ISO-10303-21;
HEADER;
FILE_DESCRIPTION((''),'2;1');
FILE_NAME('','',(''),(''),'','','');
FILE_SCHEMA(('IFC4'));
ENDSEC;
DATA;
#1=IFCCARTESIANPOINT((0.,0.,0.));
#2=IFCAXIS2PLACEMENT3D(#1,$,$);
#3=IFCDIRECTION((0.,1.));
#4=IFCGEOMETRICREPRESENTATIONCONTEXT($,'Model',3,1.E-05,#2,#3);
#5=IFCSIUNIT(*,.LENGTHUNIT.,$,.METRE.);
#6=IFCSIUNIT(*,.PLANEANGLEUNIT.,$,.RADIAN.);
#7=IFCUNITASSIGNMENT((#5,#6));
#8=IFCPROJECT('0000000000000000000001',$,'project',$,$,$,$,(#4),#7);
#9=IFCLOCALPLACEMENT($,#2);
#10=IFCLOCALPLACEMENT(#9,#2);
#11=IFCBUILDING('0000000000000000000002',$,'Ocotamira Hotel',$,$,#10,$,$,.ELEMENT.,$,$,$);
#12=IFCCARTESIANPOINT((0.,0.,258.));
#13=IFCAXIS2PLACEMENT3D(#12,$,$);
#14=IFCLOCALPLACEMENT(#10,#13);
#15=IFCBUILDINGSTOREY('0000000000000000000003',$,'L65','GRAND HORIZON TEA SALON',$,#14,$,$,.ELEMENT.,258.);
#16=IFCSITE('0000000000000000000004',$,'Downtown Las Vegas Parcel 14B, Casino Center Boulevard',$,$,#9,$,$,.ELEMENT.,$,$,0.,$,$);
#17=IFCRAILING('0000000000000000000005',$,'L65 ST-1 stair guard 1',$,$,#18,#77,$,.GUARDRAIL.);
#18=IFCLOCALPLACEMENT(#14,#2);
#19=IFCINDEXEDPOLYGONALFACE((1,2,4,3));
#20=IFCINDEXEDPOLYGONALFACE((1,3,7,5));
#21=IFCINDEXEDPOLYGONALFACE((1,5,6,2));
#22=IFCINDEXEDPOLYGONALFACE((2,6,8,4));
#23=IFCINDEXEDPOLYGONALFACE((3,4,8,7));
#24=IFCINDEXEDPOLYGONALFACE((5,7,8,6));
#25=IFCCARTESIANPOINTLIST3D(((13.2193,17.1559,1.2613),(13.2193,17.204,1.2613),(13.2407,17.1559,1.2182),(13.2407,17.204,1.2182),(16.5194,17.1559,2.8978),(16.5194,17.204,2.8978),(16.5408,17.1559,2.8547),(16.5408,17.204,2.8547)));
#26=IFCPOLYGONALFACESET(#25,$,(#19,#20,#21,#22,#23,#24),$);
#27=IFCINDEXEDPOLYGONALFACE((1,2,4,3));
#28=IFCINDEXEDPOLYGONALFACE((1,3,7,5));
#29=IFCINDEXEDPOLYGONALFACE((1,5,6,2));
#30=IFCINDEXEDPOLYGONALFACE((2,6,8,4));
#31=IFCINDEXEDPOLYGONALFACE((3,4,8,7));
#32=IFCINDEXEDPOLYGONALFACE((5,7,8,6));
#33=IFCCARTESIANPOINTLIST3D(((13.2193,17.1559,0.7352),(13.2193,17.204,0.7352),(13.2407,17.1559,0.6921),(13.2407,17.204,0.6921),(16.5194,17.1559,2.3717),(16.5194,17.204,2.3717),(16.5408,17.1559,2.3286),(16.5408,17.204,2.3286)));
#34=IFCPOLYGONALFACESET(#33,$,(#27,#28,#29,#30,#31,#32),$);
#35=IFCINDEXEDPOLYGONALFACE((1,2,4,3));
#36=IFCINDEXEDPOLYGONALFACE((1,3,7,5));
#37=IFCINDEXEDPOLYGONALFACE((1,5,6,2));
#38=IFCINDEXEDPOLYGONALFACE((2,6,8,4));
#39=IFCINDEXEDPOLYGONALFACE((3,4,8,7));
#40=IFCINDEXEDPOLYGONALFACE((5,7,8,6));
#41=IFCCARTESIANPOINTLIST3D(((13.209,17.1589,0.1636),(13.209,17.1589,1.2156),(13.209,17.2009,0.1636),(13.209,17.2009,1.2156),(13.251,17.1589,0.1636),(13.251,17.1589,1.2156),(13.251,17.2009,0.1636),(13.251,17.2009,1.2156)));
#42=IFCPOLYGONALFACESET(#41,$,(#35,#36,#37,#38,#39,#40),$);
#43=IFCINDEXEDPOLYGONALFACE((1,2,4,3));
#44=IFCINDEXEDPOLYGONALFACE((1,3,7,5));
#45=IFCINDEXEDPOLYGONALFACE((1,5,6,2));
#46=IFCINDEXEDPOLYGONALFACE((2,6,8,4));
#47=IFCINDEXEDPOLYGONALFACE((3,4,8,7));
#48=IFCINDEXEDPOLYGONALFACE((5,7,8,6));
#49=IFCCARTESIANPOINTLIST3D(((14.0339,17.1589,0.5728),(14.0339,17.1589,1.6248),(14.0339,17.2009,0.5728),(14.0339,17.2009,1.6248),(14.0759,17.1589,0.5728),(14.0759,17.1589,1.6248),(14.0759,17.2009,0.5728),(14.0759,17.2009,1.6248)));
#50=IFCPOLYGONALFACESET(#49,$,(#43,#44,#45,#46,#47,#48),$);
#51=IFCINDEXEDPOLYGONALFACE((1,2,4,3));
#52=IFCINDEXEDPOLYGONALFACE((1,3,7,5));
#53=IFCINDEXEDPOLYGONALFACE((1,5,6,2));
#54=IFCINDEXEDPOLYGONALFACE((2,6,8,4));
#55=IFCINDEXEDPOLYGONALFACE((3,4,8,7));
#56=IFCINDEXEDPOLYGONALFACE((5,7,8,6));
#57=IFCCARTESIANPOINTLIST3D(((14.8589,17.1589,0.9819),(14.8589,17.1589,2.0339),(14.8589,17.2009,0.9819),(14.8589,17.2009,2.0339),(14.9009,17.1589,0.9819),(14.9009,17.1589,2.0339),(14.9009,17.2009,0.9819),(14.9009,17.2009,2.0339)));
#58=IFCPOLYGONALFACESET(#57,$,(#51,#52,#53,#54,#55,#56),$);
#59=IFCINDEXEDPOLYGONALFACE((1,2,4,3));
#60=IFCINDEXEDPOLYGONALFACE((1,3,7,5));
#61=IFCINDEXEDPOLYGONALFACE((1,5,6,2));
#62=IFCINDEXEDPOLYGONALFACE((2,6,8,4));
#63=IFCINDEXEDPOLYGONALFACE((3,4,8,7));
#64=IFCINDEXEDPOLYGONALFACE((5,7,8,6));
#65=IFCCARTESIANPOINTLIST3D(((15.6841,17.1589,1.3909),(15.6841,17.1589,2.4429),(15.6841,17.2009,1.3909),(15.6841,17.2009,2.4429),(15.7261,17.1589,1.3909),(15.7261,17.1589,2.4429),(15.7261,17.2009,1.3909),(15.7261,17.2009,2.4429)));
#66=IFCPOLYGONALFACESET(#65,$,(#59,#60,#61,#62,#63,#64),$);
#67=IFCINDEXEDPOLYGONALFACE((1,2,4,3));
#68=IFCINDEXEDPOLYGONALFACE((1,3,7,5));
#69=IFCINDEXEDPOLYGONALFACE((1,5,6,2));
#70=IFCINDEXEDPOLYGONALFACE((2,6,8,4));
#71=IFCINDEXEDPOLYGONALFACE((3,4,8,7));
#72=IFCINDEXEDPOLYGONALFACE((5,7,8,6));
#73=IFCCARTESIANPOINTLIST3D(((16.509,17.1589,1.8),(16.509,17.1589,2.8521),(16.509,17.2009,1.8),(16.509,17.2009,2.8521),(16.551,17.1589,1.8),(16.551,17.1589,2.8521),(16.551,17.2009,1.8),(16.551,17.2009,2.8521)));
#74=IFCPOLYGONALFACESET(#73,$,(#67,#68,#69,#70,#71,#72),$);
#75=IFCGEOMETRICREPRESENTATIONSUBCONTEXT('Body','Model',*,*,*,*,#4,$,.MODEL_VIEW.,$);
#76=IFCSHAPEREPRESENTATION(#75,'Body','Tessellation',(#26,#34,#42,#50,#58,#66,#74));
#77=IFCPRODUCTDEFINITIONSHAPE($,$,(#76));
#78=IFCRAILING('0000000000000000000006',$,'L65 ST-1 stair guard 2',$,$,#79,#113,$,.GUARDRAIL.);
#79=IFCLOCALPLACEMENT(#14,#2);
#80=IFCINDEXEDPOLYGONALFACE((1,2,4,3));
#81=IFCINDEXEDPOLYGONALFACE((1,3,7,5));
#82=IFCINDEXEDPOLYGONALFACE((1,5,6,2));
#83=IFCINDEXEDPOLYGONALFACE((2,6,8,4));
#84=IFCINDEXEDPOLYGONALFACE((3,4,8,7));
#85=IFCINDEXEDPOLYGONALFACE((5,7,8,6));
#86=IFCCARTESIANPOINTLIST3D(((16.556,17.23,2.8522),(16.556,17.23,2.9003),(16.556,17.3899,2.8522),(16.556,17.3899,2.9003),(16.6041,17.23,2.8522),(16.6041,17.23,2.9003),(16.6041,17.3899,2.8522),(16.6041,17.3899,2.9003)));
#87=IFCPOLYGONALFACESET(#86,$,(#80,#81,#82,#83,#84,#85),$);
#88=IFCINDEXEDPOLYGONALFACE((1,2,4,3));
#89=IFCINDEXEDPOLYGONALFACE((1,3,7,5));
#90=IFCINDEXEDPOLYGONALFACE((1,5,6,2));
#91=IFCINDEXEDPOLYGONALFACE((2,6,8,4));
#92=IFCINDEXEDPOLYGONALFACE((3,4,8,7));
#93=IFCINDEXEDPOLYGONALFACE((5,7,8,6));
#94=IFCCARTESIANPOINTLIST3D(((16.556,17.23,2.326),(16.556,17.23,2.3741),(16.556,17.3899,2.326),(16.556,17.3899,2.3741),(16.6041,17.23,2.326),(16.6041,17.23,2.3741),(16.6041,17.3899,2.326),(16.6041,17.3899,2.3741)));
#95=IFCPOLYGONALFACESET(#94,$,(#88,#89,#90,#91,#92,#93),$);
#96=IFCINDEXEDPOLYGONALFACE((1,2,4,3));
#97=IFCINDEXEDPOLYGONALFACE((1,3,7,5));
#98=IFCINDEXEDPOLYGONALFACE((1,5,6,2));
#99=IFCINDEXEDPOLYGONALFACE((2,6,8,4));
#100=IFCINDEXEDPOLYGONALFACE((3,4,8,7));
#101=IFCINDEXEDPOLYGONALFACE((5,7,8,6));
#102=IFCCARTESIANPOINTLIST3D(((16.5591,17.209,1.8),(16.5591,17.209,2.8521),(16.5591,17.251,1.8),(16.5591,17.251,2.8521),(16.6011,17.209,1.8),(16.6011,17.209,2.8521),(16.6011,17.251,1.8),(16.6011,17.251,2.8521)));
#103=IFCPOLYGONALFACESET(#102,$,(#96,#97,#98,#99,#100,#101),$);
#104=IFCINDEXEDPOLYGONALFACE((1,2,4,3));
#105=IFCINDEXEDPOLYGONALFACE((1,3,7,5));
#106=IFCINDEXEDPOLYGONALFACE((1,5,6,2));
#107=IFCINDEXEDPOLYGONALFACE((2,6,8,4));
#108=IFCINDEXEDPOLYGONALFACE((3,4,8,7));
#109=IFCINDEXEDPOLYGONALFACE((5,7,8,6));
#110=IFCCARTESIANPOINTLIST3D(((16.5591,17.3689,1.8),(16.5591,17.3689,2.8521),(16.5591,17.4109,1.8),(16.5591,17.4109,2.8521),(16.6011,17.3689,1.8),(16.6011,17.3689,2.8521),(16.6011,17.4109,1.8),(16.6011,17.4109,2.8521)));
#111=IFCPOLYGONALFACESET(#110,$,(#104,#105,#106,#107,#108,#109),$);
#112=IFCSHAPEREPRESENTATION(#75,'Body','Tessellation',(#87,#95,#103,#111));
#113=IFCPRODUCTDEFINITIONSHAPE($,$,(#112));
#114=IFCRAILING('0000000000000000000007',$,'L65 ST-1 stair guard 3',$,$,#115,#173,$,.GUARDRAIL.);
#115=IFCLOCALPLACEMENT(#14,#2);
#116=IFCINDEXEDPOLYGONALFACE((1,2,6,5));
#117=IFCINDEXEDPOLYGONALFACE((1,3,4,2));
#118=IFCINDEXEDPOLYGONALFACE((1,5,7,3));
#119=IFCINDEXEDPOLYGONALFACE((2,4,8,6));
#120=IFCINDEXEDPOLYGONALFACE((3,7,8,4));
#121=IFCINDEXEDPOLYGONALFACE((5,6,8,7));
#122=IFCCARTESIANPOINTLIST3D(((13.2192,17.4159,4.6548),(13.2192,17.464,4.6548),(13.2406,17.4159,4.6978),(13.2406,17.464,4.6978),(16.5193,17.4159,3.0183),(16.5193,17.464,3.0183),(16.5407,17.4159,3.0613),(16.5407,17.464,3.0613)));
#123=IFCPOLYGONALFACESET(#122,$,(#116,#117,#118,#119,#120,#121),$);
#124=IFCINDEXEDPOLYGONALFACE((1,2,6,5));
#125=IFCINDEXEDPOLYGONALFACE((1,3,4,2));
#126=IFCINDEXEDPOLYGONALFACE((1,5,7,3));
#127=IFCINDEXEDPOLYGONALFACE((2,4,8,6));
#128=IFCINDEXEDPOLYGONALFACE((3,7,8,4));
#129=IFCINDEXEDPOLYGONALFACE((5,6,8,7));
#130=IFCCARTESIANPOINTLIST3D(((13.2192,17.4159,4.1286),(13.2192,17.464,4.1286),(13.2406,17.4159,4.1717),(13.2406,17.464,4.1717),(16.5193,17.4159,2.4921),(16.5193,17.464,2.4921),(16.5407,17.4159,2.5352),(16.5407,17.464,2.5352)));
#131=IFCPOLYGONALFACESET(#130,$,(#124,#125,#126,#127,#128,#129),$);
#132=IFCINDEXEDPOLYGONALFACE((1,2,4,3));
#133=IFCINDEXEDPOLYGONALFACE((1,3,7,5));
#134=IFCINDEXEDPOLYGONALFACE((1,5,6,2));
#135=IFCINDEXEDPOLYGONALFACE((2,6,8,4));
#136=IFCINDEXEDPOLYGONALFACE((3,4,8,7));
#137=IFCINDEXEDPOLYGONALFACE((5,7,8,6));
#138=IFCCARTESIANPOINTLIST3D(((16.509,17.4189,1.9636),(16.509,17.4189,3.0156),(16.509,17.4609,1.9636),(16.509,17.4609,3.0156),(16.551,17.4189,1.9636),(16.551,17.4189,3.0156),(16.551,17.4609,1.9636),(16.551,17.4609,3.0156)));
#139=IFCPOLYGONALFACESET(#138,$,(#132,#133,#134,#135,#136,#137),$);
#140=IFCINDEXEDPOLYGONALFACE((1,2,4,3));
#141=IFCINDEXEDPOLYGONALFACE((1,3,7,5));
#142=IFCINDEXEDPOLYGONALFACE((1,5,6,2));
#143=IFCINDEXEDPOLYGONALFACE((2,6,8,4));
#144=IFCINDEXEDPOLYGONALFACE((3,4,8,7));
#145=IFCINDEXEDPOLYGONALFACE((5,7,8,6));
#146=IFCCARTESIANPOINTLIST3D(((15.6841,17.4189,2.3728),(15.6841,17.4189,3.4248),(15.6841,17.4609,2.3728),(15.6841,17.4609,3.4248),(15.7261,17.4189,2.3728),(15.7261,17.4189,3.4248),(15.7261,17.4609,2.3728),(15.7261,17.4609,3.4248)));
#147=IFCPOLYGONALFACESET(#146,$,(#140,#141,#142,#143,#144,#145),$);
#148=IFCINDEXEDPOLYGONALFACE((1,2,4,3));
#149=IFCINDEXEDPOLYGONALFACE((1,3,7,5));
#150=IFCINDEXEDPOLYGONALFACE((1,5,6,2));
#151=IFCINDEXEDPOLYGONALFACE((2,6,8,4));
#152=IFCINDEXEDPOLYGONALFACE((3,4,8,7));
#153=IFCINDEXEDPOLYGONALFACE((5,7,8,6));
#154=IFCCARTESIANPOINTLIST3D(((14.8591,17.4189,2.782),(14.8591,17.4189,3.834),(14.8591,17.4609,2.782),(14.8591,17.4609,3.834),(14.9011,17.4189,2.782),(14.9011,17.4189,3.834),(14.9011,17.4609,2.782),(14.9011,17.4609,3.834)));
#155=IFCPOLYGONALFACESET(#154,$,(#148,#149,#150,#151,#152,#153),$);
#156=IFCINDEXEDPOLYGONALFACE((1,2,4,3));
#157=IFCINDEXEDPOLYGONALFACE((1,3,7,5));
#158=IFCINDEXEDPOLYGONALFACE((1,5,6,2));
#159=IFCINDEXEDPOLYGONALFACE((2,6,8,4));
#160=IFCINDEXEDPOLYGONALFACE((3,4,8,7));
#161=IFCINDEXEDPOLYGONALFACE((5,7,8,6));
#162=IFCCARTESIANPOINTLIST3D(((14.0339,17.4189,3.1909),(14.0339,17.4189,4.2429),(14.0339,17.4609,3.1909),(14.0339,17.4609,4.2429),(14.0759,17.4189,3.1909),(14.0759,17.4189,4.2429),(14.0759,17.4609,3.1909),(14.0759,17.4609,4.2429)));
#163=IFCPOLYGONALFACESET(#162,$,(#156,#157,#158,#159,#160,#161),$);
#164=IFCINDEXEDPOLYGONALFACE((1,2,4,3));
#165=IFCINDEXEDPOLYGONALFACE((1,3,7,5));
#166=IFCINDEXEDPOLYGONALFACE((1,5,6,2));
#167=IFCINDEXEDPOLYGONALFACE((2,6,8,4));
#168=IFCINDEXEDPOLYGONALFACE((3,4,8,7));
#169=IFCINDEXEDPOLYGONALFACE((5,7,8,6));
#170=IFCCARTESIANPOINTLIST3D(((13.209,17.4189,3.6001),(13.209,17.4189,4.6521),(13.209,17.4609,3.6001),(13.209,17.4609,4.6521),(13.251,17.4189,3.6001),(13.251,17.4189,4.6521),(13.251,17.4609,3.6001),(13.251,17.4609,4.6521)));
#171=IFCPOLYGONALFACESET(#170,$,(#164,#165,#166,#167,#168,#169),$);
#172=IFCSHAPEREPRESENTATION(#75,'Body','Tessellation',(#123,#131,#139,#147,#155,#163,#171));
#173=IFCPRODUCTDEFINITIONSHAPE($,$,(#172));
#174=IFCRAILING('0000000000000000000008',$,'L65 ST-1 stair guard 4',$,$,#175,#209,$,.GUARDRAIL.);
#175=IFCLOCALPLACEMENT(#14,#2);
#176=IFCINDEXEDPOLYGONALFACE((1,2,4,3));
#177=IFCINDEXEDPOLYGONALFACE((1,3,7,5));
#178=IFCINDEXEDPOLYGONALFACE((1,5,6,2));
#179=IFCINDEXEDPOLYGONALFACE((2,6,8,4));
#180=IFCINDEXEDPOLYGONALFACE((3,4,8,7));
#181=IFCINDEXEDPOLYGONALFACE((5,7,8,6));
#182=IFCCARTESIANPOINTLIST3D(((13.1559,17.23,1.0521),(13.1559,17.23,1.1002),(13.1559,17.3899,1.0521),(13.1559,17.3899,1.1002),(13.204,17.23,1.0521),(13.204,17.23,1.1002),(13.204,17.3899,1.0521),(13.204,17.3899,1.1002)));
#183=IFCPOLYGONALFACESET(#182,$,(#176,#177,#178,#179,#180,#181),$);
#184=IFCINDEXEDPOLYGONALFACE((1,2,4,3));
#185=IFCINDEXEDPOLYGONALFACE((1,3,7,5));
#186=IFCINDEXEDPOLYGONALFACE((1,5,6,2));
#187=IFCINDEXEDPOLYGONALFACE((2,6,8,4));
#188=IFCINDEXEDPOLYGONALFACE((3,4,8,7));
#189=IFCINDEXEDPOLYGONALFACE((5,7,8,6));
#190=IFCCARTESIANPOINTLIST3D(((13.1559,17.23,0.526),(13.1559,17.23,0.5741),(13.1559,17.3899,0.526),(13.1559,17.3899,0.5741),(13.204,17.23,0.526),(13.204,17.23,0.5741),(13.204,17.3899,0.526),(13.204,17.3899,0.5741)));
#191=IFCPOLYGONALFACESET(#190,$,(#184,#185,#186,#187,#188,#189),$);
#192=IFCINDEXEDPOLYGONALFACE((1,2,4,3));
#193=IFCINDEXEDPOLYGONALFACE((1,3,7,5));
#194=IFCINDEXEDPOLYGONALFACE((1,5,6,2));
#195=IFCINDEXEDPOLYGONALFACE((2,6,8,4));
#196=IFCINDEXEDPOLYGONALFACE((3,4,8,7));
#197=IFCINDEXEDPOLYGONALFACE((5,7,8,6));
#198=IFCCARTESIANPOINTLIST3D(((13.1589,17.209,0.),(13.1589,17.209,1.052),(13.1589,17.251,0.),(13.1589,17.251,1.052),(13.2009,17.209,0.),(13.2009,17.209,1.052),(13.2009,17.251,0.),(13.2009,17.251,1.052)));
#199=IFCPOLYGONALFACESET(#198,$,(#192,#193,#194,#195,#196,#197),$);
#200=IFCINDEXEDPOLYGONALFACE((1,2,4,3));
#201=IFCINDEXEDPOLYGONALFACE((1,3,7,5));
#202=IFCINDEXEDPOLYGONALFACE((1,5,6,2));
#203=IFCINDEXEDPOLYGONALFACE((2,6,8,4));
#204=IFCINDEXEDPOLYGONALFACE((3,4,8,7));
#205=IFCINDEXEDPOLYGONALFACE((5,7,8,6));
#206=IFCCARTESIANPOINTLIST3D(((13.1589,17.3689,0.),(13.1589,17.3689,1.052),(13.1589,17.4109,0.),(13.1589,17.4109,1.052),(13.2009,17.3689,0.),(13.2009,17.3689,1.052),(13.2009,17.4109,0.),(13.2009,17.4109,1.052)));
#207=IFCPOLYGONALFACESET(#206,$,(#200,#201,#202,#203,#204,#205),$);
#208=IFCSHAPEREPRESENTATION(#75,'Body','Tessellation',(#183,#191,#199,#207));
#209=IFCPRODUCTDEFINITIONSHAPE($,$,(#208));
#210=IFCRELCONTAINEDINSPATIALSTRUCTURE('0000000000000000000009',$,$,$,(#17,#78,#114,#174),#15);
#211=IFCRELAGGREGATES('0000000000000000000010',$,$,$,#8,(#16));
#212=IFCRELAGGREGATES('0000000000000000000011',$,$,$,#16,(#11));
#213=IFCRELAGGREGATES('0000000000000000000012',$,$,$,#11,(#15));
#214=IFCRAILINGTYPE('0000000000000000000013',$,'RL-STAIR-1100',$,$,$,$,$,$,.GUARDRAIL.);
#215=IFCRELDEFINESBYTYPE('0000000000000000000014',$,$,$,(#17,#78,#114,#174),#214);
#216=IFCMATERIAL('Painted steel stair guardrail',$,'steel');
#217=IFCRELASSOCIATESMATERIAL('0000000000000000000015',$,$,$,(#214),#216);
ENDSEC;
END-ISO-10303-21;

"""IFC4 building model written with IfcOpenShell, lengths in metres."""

from ifc_helpers import new_model, si_unit, direction, frame, origin, origin_2d, place, context, subcontext, project, spatial, rectangle, extrude, material, type_object, element, save


model = new_model("IFC4")

# Units and contexts
model_context = context("Model", 3, precision=1e-05, world=origin(), true_north=direction((0.0, 1.0)))
body_context = subcontext(model_context, "Body", "Model", "MODEL_VIEW")
ifc_project = project(units=[si_unit("LENGTHUNIT", "METRE"), si_unit("PLANEANGLEUNIT", "RADIAN")], contexts=[model_context])

# Site, building, storey
site_placement = place(None, origin())
site = spatial("IfcSite", under=ifc_project, at=site_placement, Name="Downtown Las Vegas Parcel 14B, Casino Center Boulevard", CompositionType="ELEMENT", RefElevation=0.0)
building_placement = place(site_placement, origin())
building = spatial("IfcBuilding", under=site, at=building_placement, Name="Ocotamira Hotel", CompositionType="ELEMENT")
storey_placement = place(building_placement, frame((0.0, 0.0, 258.0)))
storey = spatial("IfcBuildingStorey", under=building, at=storey_placement, Name="L65", Description="GRAND HORIZON TEA SALON", CompositionType="ELEMENT", Elevation=258.0)

# Railings
ifc_material_1 = material(Name="Painted steel stair guardrail", Category="steel")
railing_type_1 = type_object("IfcRailingType", Name="RL-STAIR-1100", PredefinedType="GUARDRAIL", material=ifc_material_1)
railing_1_placement = place(storey_placement, frame((13.23, 17.1799, 0.1636)))
element("IfcRailing", 1, at=railing_1_placement, inside=storey, type_object=railing_type_1, Name="L65 ST-1 stair guard 1", PredefinedType="GUARDRAIL", context=body_context, shape_type="SweptSolid", body=[
    extrude(rectangle(XDim=0.0481, YDim=0.0481, at=origin_2d()), frame((0.0, 0.0, 1.0762), z_axis=(0.895894, 0.0, 0.444268), x_axis=(0.0, 1.0, 0.0)), (0.0, 0.0, 1.0), 3.6836),
    extrude(rectangle(XDim=0.0481, YDim=0.0481, at=origin_2d()), frame((0.0, 0.0, 0.55), z_axis=(0.895894, 0.0, 0.444268), x_axis=(0.0, 1.0, 0.0)), (0.0, 0.0, 1.0), 3.6836),
    extrude(rectangle(XDim=0.042, YDim=0.042, at=origin_2d()), origin(), (0.0, 0.0, 1.0), 1.052),
    extrude(rectangle(XDim=0.042, YDim=0.042, at=origin_2d()), frame((0.825, 0.0, 0.4092)), (0.0, 0.0, 1.0), 1.052),
    extrude(rectangle(XDim=0.042, YDim=0.042, at=origin_2d()), frame((1.6499, 0.0, 0.8184)), (0.0, 0.0, 1.0), 1.052),
    extrude(rectangle(XDim=0.042, YDim=0.042, at=origin_2d()), frame((2.4751, 0.0, 1.2273)), (0.0, 0.0, 1.0), 1.052),
    extrude(rectangle(XDim=0.042, YDim=0.042, at=origin_2d()), frame((3.3, 0.0, 1.6365)), (0.0, 0.0, 1.0), 1.052),
])
railing_2_placement = place(storey_placement, frame((16.5801, 17.23, 1.8)))
element("IfcRailing", 2, at=railing_2_placement, inside=storey, type_object=railing_type_1, Name="L65 ST-1 stair guard 2", PredefinedType="GUARDRAIL", context=body_context, shape_type="SweptSolid", body=[
    extrude(rectangle(XDim=0.0481, YDim=0.0481, at=origin_2d()), frame((0.0, 0.0, 1.0762), z_axis=(0.0, 1.0, 0.0), x_axis=(-1.0, 0.0, 0.0)), (0.0, 0.0, 1.0), 0.1599),
    extrude(rectangle(XDim=0.0481, YDim=0.0481, at=origin_2d()), frame((0.0, 0.0, 0.55), z_axis=(0.0, 1.0, 0.0), x_axis=(-1.0, 0.0, 0.0)), (0.0, 0.0, 1.0), 0.1599),
    extrude(rectangle(XDim=0.042, YDim=0.042, at=origin_2d()), origin(), (0.0, 0.0, 1.0), 1.052),
    extrude(rectangle(XDim=0.042, YDim=0.042, at=origin_2d()), frame((0.0, 0.1599, 0.0)), (0.0, 0.0, 1.0), 1.052),
])
railing_3_placement = place(storey_placement, frame((16.53, 17.4399, 1.9636)))
element("IfcRailing", 3, at=railing_3_placement, inside=storey, type_object=railing_type_1, Name="L65 ST-1 stair guard 3", PredefinedType="GUARDRAIL", context=body_context, shape_type="SweptSolid", body=[
    extrude(rectangle(XDim=0.0481, YDim=0.0481, at=origin_2d()), frame((0.0, 0.0, 1.0762), z_axis=(-0.895894, 0.0, 0.444268), x_axis=(0.0, -1.0, 0.0)), (0.0, 0.0, 1.0), 3.6836),
    extrude(rectangle(XDim=0.0481, YDim=0.0481, at=origin_2d()), frame((0.0, 0.0, 0.55), z_axis=(-0.895894, 0.0, 0.444268), x_axis=(0.0, -1.0, 0.0)), (0.0, 0.0, 1.0), 3.6836),
    extrude(rectangle(XDim=0.042, YDim=0.042, at=origin_2d()), origin(), (0.0, 0.0, 1.0), 1.052),
    extrude(rectangle(XDim=0.042, YDim=0.042, at=origin_2d()), frame((-0.825, 0.0, 0.4092)), (0.0, 0.0, 1.0), 1.052),
    extrude(rectangle(XDim=0.042, YDim=0.042, at=origin_2d()), frame((-1.6499, 0.0, 0.8184)), (0.0, 0.0, 1.0), 1.052),
    extrude(rectangle(XDim=0.042, YDim=0.042, at=origin_2d()), frame((-2.4751, 0.0, 1.2273)), (0.0, 0.0, 1.0), 1.052),
    extrude(rectangle(XDim=0.042, YDim=0.042, at=origin_2d()), frame((-3.3, 0.0, 1.6365)), (0.0, 0.0, 1.0), 1.052),
])
railing_4_placement = place(storey_placement, frame((13.1799, 17.23, 0.0)))
element("IfcRailing", 4, at=railing_4_placement, inside=storey, type_object=railing_type_1, Name="L65 ST-1 stair guard 4", PredefinedType="GUARDRAIL", context=body_context, shape_type="SweptSolid", body=[
    extrude(rectangle(XDim=0.0481, YDim=0.0481, at=origin_2d()), frame((0.0, 0.0, 1.0762), z_axis=(0.0, 1.0, 0.0), x_axis=(-1.0, 0.0, 0.0)), (0.0, 0.0, 1.0), 0.1599),
    extrude(rectangle(XDim=0.0481, YDim=0.0481, at=origin_2d()), frame((0.0, 0.0, 0.55), z_axis=(0.0, 1.0, 0.0), x_axis=(-1.0, 0.0, 0.0)), (0.0, 0.0, 1.0), 0.1599),
    extrude(rectangle(XDim=0.042, YDim=0.042, at=origin_2d()), origin(), (0.0, 0.0, 1.0), 1.052),
    extrude(rectangle(XDim=0.042, YDim=0.042, at=origin_2d()), frame((0.0, 0.1599, 0.0)), (0.0, 0.0, 1.0), 1.052),
])

save(model, "model.ifc")
